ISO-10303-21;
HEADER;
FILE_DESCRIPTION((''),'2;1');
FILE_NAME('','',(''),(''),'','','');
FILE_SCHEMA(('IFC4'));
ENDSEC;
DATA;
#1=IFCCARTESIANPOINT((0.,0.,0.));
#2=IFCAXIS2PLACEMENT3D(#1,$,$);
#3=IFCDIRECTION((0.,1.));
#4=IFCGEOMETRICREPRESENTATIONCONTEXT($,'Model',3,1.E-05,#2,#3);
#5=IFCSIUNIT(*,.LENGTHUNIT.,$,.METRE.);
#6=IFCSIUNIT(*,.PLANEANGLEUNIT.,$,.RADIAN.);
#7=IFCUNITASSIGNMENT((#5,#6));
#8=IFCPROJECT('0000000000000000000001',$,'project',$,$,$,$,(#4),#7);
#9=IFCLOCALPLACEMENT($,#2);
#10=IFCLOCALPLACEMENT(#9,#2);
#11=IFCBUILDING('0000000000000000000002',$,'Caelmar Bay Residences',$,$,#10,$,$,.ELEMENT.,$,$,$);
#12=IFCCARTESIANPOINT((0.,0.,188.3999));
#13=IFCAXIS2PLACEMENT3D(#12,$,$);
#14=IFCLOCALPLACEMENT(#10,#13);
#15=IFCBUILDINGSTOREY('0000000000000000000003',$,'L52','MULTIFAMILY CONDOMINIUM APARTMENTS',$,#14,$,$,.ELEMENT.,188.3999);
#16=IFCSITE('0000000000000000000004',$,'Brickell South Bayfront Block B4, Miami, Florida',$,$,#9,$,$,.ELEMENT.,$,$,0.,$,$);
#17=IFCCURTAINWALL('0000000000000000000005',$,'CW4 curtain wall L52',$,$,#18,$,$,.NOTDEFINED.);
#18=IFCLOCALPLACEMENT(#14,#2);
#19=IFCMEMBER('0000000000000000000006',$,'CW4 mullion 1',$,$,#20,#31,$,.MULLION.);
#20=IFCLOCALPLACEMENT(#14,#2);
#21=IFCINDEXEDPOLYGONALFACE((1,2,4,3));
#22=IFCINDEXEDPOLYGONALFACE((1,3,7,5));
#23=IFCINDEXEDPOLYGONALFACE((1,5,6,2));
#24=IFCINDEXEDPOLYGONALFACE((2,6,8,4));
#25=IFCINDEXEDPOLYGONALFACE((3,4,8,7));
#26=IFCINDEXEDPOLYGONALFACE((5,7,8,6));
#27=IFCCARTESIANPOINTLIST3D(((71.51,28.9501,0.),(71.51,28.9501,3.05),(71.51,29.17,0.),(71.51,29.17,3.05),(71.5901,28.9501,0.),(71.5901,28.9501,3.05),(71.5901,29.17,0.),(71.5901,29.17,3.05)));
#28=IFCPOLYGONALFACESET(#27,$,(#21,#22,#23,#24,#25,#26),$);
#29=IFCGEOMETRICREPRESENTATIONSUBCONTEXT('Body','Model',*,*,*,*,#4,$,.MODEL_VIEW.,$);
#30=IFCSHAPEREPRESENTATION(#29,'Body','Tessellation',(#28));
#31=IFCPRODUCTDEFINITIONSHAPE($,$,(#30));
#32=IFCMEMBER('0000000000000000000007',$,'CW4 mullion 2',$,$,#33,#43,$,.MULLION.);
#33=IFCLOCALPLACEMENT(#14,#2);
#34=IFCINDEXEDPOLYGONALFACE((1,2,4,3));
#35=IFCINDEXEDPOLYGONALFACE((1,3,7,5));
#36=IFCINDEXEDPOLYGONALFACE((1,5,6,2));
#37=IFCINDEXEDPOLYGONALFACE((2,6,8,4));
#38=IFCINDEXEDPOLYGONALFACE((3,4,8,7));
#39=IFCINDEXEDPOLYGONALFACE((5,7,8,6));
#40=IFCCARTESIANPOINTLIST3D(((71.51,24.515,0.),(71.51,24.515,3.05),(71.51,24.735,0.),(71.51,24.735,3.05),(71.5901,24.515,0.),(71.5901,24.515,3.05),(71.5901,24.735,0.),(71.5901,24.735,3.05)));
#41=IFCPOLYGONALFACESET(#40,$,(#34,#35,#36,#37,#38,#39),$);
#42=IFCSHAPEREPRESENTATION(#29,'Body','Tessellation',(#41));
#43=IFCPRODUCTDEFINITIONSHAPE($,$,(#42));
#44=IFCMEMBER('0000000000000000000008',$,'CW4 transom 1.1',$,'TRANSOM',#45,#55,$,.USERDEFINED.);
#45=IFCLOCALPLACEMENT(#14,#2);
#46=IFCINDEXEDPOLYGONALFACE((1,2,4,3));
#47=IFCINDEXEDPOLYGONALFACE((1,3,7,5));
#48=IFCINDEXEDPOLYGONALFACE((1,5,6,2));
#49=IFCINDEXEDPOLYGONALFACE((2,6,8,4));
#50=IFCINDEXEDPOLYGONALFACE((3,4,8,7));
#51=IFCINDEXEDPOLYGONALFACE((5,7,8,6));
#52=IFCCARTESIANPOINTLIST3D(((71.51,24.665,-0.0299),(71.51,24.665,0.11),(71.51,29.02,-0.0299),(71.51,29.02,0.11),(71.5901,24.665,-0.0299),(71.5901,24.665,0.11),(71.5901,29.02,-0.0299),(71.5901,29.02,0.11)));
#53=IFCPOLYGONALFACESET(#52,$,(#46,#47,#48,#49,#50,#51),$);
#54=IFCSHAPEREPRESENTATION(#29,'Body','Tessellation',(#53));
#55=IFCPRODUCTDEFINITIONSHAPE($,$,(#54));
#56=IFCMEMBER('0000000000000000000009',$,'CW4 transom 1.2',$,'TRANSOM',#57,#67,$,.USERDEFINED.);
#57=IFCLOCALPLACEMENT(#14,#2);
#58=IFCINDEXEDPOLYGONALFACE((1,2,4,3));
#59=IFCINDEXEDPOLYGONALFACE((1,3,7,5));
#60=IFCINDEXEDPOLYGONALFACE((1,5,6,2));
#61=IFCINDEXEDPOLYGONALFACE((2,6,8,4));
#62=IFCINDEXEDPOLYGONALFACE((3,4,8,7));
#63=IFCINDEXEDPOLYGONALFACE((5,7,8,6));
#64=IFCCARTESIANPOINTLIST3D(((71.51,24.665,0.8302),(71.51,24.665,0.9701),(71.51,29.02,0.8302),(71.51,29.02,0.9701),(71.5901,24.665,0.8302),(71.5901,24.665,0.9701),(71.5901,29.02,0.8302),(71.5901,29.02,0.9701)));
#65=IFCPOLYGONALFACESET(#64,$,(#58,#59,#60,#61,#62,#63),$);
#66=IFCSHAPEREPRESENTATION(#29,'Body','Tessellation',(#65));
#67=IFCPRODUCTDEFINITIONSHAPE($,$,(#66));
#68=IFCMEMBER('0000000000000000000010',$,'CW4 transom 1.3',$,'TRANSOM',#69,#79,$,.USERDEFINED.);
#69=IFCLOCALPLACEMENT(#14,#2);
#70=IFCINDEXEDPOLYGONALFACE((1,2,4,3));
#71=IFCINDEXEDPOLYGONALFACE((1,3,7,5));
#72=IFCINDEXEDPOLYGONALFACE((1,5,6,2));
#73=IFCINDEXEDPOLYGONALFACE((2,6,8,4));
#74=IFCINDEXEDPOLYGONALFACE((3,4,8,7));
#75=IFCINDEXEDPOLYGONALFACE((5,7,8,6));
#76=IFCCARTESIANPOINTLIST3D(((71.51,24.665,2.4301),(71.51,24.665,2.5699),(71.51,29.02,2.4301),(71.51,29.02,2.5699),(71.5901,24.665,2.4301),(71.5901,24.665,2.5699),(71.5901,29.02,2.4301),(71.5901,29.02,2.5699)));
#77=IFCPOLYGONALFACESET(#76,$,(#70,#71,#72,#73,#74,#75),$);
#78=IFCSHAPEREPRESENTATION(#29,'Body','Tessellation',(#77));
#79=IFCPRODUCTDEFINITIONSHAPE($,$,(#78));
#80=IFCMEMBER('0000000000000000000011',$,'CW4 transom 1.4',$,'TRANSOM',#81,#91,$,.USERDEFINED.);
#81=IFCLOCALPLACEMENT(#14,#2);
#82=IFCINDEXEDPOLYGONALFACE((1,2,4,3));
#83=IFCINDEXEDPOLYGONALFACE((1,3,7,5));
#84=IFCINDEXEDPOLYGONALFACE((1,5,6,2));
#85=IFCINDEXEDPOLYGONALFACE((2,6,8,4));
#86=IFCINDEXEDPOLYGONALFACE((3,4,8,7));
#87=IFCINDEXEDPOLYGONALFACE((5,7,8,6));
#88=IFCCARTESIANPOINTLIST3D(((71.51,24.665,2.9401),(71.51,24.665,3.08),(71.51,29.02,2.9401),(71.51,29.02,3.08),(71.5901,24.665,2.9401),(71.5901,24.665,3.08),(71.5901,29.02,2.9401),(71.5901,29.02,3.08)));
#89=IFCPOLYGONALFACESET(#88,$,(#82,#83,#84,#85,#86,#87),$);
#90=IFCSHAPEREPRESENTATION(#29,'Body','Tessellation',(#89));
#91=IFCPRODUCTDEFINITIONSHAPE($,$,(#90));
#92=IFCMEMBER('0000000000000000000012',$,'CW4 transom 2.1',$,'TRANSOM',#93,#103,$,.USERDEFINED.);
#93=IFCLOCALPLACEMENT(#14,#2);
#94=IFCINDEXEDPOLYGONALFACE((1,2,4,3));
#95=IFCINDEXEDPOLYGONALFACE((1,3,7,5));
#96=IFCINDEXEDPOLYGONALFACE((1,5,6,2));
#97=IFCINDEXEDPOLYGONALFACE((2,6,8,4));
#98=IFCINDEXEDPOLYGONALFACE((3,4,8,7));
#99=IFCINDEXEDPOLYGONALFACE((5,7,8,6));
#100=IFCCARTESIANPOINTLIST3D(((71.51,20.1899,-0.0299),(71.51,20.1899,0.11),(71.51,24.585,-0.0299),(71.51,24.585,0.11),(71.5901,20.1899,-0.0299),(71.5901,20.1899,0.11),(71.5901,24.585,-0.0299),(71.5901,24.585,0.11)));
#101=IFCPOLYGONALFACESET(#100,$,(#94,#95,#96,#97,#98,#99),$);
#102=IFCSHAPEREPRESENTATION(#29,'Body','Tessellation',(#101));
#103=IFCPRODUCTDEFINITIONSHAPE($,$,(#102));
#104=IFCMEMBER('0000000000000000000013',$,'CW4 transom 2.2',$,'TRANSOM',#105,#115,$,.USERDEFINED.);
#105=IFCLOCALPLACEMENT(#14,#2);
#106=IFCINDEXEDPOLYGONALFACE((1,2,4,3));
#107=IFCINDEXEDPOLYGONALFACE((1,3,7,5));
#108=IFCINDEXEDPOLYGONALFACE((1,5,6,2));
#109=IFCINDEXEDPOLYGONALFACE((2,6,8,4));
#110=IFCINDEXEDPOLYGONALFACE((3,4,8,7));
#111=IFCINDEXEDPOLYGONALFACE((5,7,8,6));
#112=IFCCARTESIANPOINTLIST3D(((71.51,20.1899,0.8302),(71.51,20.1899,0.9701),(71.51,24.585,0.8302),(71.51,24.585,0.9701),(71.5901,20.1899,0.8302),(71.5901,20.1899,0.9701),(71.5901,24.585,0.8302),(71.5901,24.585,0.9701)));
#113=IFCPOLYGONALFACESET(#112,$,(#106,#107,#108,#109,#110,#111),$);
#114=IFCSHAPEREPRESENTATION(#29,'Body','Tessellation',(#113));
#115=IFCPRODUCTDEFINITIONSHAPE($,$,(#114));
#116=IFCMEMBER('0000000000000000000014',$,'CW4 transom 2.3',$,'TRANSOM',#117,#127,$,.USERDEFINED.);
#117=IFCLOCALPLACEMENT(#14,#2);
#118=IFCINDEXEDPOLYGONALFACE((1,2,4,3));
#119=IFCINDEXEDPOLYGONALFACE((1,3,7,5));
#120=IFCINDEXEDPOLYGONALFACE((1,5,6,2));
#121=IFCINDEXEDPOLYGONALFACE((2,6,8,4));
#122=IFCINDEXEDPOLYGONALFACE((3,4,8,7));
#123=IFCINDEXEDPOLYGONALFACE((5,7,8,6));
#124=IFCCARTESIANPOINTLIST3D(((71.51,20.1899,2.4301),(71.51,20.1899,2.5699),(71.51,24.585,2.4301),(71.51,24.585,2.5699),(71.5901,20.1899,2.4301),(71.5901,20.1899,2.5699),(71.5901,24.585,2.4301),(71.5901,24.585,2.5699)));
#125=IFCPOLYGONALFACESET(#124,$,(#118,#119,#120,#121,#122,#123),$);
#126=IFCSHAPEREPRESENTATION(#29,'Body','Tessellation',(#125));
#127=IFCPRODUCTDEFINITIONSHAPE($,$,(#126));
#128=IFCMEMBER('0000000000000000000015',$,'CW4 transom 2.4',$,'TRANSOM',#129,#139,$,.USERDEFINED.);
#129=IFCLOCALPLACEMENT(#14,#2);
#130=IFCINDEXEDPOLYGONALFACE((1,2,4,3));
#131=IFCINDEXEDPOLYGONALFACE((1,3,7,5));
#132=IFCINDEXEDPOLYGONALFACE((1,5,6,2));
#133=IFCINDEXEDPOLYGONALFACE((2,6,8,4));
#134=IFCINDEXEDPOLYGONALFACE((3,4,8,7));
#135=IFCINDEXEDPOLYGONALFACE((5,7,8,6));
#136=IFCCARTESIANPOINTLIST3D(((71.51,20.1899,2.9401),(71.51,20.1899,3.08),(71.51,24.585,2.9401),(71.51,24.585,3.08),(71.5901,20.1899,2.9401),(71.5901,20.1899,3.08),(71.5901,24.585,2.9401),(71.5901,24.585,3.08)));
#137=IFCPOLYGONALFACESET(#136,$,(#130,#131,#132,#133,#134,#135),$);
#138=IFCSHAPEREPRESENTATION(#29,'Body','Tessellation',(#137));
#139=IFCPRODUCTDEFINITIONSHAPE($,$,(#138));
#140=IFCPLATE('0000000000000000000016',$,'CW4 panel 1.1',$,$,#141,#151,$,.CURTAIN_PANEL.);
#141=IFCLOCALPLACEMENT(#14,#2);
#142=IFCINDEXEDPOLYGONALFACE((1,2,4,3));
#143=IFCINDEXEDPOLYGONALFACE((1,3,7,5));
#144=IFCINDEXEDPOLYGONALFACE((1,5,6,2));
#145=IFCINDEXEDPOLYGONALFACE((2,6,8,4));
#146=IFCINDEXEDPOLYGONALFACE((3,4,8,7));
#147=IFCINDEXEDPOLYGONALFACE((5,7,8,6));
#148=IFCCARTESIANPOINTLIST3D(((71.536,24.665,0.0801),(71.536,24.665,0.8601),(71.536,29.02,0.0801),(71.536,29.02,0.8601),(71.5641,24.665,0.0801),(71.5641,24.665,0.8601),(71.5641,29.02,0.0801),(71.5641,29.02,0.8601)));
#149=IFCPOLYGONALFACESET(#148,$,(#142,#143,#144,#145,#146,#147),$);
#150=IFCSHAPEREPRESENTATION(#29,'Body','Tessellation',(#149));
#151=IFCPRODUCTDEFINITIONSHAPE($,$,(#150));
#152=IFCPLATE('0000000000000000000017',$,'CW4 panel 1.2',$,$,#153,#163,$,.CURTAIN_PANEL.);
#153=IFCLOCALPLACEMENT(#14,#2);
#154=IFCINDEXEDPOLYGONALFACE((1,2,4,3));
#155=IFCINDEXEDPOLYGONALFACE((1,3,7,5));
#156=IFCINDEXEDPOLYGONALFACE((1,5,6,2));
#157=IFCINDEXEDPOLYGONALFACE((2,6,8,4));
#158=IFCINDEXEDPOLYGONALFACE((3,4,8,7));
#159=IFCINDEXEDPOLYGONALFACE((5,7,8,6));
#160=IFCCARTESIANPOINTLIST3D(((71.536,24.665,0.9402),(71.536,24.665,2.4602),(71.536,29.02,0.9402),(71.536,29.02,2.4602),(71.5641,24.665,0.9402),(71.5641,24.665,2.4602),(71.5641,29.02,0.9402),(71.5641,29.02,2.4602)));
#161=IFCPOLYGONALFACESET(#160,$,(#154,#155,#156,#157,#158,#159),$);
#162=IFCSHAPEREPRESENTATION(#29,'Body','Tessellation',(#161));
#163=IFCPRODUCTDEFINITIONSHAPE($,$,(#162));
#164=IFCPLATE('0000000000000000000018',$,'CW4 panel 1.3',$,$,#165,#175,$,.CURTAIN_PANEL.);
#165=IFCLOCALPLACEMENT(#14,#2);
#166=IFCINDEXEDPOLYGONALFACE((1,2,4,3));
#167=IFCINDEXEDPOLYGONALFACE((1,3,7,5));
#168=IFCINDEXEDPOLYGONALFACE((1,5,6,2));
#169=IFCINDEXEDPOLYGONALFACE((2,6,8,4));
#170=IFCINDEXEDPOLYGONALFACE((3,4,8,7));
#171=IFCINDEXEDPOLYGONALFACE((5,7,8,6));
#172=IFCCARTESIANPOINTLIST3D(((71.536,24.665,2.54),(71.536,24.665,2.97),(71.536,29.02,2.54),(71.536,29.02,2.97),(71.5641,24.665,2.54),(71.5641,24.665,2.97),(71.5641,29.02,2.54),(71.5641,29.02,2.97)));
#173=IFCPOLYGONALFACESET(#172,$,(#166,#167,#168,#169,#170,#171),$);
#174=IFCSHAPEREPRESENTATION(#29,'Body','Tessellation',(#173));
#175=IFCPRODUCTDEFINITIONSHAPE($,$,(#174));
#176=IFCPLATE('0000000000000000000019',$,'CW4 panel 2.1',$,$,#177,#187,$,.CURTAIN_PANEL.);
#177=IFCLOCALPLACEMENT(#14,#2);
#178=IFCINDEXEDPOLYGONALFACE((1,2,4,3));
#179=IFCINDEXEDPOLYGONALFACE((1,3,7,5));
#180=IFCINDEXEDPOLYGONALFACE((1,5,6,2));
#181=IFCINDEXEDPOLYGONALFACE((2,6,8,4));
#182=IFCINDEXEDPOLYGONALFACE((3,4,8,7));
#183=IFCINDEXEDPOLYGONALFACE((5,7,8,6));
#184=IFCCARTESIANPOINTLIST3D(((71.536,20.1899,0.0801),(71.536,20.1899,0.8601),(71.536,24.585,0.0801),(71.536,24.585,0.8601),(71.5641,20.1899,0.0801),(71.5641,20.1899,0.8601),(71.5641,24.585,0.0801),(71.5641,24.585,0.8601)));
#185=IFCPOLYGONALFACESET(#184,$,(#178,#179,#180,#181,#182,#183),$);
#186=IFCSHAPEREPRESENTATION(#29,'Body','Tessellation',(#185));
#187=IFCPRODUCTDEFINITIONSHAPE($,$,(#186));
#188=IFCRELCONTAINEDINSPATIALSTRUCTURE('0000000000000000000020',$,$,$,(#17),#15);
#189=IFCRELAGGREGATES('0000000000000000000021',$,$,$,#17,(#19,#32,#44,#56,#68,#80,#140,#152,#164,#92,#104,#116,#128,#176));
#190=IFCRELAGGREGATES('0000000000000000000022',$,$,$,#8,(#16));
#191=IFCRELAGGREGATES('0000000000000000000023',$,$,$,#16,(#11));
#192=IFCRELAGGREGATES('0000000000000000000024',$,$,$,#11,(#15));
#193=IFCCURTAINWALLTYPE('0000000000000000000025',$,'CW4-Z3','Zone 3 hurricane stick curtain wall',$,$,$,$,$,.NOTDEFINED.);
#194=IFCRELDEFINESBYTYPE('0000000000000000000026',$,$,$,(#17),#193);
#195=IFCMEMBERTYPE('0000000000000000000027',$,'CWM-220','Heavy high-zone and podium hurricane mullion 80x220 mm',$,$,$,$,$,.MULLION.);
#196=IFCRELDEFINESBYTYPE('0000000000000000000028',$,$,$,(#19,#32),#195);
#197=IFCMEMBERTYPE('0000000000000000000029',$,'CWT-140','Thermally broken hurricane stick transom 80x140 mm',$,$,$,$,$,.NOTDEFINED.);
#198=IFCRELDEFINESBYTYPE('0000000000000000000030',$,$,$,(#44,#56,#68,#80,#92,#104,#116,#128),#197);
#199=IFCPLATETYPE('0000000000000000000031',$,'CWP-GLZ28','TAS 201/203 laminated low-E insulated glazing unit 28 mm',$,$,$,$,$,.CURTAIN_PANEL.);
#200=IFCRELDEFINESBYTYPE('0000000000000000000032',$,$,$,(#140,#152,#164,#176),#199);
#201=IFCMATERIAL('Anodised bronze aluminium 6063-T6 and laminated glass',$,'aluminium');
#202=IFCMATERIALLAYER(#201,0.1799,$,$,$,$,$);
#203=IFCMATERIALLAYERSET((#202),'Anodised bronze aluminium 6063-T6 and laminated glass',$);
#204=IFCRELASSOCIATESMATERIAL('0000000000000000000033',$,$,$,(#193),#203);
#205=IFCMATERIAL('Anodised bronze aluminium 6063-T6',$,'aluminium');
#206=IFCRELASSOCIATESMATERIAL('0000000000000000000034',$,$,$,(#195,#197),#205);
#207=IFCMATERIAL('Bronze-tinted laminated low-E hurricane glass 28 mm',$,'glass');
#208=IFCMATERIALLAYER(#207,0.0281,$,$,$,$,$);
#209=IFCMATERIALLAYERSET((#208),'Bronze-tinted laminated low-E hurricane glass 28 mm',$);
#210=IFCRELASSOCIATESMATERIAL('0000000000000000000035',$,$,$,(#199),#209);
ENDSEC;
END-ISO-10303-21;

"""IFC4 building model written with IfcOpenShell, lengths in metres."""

from ifc_helpers import new_model, si_unit, direction, frame, origin, origin_2d, place, context, subcontext, project, spatial, rectangle, extrude, material, layer, layer_set, material_profile, profile_set, type_object, element, aggregate, save


model = new_model("IFC4")

# Units and contexts
model_context = context("Model", 3, precision=1e-05, world=origin(), true_north=direction((0.0, 1.0)))
body_context = subcontext(model_context, "Body", "Model", "MODEL_VIEW")
ifc_project = project(units=[si_unit("LENGTHUNIT", "METRE"), si_unit("PLANEANGLEUNIT", "RADIAN")], contexts=[model_context])

# Site, building, storey
site_placement = place(None, origin())
site = spatial("IfcSite", under=ifc_project, at=site_placement, Name="Brickell South Bayfront Block B4, Miami, Florida", CompositionType="ELEMENT", RefElevation=0.0)
building_placement = place(site_placement, origin())
building = spatial("IfcBuilding", under=site, at=building_placement, Name="Caelmar Bay Residences", CompositionType="ELEMENT")
storey_placement = place(building_placement, frame((0.0, 0.0, 188.3999)))
storey = spatial("IfcBuildingStorey", under=building, at=storey_placement, Name="L52", Description="MULTIFAMILY CONDOMINIUM APARTMENTS", CompositionType="ELEMENT", Elevation=188.3999)

# Curtain wall, members, plates
ifc_material_1 = material(Name="Anodised bronze aluminium 6063-T6 and laminated glass", Category="aluminium")
ifc_layer_1 = layer(ifc_material_1, 0.1799)
ifc_layer_set_1 = layer_set([ifc_layer_1], Name="Anodised bronze aluminium 6063-T6 and laminated glass")
curtain_wall_type = type_object("IfcCurtainWallType", Name="CW4-Z3", Description="Zone 3 hurricane stick curtain wall", PredefinedType="NOTDEFINED", material=ifc_layer_set_1)
curtain_wall_placement = place(storey_placement, origin())
curtain_wall = element("IfcCurtainWall", 1, at=curtain_wall_placement, inside=storey, type_object=curtain_wall_type, Name="CW4 curtain wall L52", PredefinedType="NOTDEFINED")
ifc_material_2 = material(Name="Anodised bronze aluminium 6063-T6", Category="aluminium")
ifc_material_profile_1 = material_profile(ifc_material_2, rectangle(XDim=0.0801, YDim=0.22, at=origin_2d()), Name="CWM-80X220")
ifc_profile_set_1 = profile_set([ifc_material_profile_1], Name="Anodised bronze aluminium 6063-T6")
member_type_1 = type_object("IfcMemberType", Name="CWM-220", Description="Heavy high-zone and podium hurricane mullion 80x220 mm", PredefinedType="MULLION", material=ifc_profile_set_1)
member_1_placement = place(storey_placement, frame((71.55, 29.0601, 0.0), z_axis=(0.0, 0.0, 1.0), x_axis=(1.0, 0.0, 0.0)))
member_1 = element("IfcMember", 2, at=member_1_placement, type_object=member_type_1, Name="CW4 mullion 1", PredefinedType="MULLION", context=body_context, shape_type="SweptSolid", body=[
    extrude(rectangle(XDim=0.0801, YDim=0.22, at=origin_2d()), origin(), (0.0, 0.0, 1.0), 3.05),
])
member_2_placement = place(storey_placement, frame((71.55, 24.625, 0.0), z_axis=(0.0, 0.0, 1.0), x_axis=(1.0, 0.0, 0.0)))
member_2 = element("IfcMember", 3, at=member_2_placement, type_object=member_type_1, Name="CW4 mullion 2", PredefinedType="MULLION", context=body_context, shape_type="SweptSolid", body=[
    extrude(rectangle(XDim=0.0801, YDim=0.22, at=origin_2d()), origin(), (0.0, 0.0, 1.0), 3.05),
])
ifc_material_profile_2 = material_profile(ifc_material_2, rectangle(XDim=0.0801, YDim=0.1399, at=origin_2d()), Name="CWT-80X140")
ifc_profile_set_2 = profile_set([ifc_material_profile_2], Name="Anodised bronze aluminium 6063-T6")
member_type_2 = type_object("IfcMemberType", Name="CWT-140", Description="Thermally broken hurricane stick transom 80x140 mm", PredefinedType="NOTDEFINED", material=ifc_profile_set_2)
member_3_placement = place(storey_placement, frame((71.55, 29.02, 0.04), z_axis=(0.0, -1.0, 0.0), x_axis=(1.0, 0.0, 0.0)))
member_3 = element("IfcMember", 4, at=member_3_placement, type_object=member_type_2, Name="CW4 transom 1.1", ObjectType="TRANSOM", PredefinedType="USERDEFINED", context=body_context, shape_type="SweptSolid", body=[
    extrude(rectangle(XDim=0.0801, YDim=0.1399, at=origin_2d()), origin(), (0.0, 0.0, 1.0), 4.355),
])
member_4_placement = place(storey_placement, frame((71.55, 29.02, 0.9001), z_axis=(0.0, -1.0, 0.0), x_axis=(1.0, 0.0, 0.0)))
member_4 = element("IfcMember", 5, at=member_4_placement, type_object=member_type_2, Name="CW4 transom 1.2", ObjectType="TRANSOM", PredefinedType="USERDEFINED", context=body_context, shape_type="SweptSolid", body=[
    extrude(rectangle(XDim=0.0801, YDim=0.1399, at=origin_2d()), origin(), (0.0, 0.0, 1.0), 4.355),
])
member_5_placement = place(storey_placement, frame((71.55, 29.02, 2.5), z_axis=(0.0, -1.0, 0.0), x_axis=(1.0, 0.0, 0.0)))
member_5 = element("IfcMember", 6, at=member_5_placement, type_object=member_type_2, Name="CW4 transom 1.3", ObjectType="TRANSOM", PredefinedType="USERDEFINED", context=body_context, shape_type="SweptSolid", body=[
    extrude(rectangle(XDim=0.0801, YDim=0.1399, at=origin_2d()), origin(), (0.0, 0.0, 1.0), 4.355),
])
member_6_placement = place(storey_placement, frame((71.55, 29.02, 3.01), z_axis=(0.0, -1.0, 0.0), x_axis=(1.0, 0.0, 0.0)))
member_6 = element("IfcMember", 7, at=member_6_placement, type_object=member_type_2, Name="CW4 transom 1.4", ObjectType="TRANSOM", PredefinedType="USERDEFINED", context=body_context, shape_type="SweptSolid", body=[
    extrude(rectangle(XDim=0.0801, YDim=0.1399, at=origin_2d()), origin(), (0.0, 0.0, 1.0), 4.355),
])
member_7_placement = place(storey_placement, frame((71.55, 24.585, 0.04), z_axis=(0.0, -1.0, 0.0), x_axis=(1.0, 0.0, 0.0)))
member_7 = element("IfcMember", 8, at=member_7_placement, type_object=member_type_2, Name="CW4 transom 2.1", ObjectType="TRANSOM", PredefinedType="USERDEFINED", context=body_context, shape_type="SweptSolid", body=[
    extrude(rectangle(XDim=0.0801, YDim=0.1399, at=origin_2d()), origin(), (0.0, 0.0, 1.0), 4.395),
])
member_8_placement = place(storey_placement, frame((71.55, 24.585, 0.9001), z_axis=(0.0, -1.0, 0.0), x_axis=(1.0, 0.0, 0.0)))
member_8 = element("IfcMember", 9, at=member_8_placement, type_object=member_type_2, Name="CW4 transom 2.2", ObjectType="TRANSOM", PredefinedType="USERDEFINED", context=body_context, shape_type="SweptSolid", body=[
    extrude(rectangle(XDim=0.0801, YDim=0.1399, at=origin_2d()), origin(), (0.0, 0.0, 1.0), 4.395),
])
member_9_placement = place(storey_placement, frame((71.55, 24.585, 2.5), z_axis=(0.0, -1.0, 0.0), x_axis=(1.0, 0.0, 0.0)))
member_9 = element("IfcMember", 10, at=member_9_placement, type_object=member_type_2, Name="CW4 transom 2.3", ObjectType="TRANSOM", PredefinedType="USERDEFINED", context=body_context, shape_type="SweptSolid", body=[
    extrude(rectangle(XDim=0.0801, YDim=0.1399, at=origin_2d()), origin(), (0.0, 0.0, 1.0), 4.395),
])
member_10_placement = place(storey_placement, frame((71.55, 24.585, 3.01), z_axis=(0.0, -1.0, 0.0), x_axis=(1.0, 0.0, 0.0)))
member_10 = element("IfcMember", 11, at=member_10_placement, type_object=member_type_2, Name="CW4 transom 2.4", ObjectType="TRANSOM", PredefinedType="USERDEFINED", context=body_context, shape_type="SweptSolid", body=[
    extrude(rectangle(XDim=0.0801, YDim=0.1399, at=origin_2d()), origin(), (0.0, 0.0, 1.0), 4.395),
])
ifc_material_3 = material(Name="Bronze-tinted laminated low-E hurricane glass 28 mm", Category="glass")
ifc_layer_2 = layer(ifc_material_3, 0.0281)
ifc_layer_set_2 = layer_set([ifc_layer_2], Name="Bronze-tinted laminated low-E hurricane glass 28 mm")
plate_type = type_object("IfcPlateType", Name="CWP-GLZ28", Description="TAS 201/203 laminated low-E insulated glazing unit 28 mm", PredefinedType="CURTAIN_PANEL", material=ifc_layer_set_2)
plate_1_placement = place(storey_placement, frame((71.55, 26.8425, 0.0801), z_axis=(0.0, 0.0, 1.0), x_axis=(0.0, -1.0, 0.0)))
plate_1 = element("IfcPlate", 12, at=plate_1_placement, type_object=plate_type, Name="CW4 panel 1.1", PredefinedType="CURTAIN_PANEL", context=body_context, shape_type="SweptSolid", body=[
    extrude(rectangle(XDim=4.355, YDim=0.0281, at=origin_2d()), origin(), (0.0, 0.0, 1.0), 0.78),
])
plate_2_placement = place(storey_placement, frame((71.55, 26.8425, 0.9402), z_axis=(0.0, 0.0, 1.0), x_axis=(0.0, -1.0, 0.0)))
plate_2 = element("IfcPlate", 13, at=plate_2_placement, type_object=plate_type, Name="CW4 panel 1.2", PredefinedType="CURTAIN_PANEL", context=body_context, shape_type="SweptSolid", body=[
    extrude(rectangle(XDim=4.355, YDim=0.0281, at=origin_2d()), origin(), (0.0, 0.0, 1.0), 1.52),
])
plate_3_placement = place(storey_placement, frame((71.55, 26.8425, 2.54), z_axis=(0.0, 0.0, 1.0), x_axis=(0.0, -1.0, 0.0)))
plate_3 = element("IfcPlate", 14, at=plate_3_placement, type_object=plate_type, Name="CW4 panel 1.3", PredefinedType="CURTAIN_PANEL", context=body_context, shape_type="SweptSolid", body=[
    extrude(rectangle(XDim=4.355, YDim=0.0281, at=origin_2d()), origin(), (0.0, 0.0, 1.0), 0.4299),
])
plate_4_placement = place(storey_placement, frame((71.55, 22.3875, 0.0801), z_axis=(0.0, 0.0, 1.0), x_axis=(0.0, -1.0, 0.0)))
plate_4 = element("IfcPlate", 15, at=plate_4_placement, type_object=plate_type, Name="CW4 panel 2.1", PredefinedType="CURTAIN_PANEL", context=body_context, shape_type="SweptSolid", body=[
    extrude(rectangle(XDim=4.395, YDim=0.0281, at=origin_2d()), origin(), (0.0, 0.0, 1.0), 0.78),
])
aggregate(curtain_wall, [member_1, member_2, member_3, member_4, member_5, member_6, plate_1, plate_2, plate_3, member_7, member_8, member_9, member_10, plate_4])

save(model, "model.ifc")
